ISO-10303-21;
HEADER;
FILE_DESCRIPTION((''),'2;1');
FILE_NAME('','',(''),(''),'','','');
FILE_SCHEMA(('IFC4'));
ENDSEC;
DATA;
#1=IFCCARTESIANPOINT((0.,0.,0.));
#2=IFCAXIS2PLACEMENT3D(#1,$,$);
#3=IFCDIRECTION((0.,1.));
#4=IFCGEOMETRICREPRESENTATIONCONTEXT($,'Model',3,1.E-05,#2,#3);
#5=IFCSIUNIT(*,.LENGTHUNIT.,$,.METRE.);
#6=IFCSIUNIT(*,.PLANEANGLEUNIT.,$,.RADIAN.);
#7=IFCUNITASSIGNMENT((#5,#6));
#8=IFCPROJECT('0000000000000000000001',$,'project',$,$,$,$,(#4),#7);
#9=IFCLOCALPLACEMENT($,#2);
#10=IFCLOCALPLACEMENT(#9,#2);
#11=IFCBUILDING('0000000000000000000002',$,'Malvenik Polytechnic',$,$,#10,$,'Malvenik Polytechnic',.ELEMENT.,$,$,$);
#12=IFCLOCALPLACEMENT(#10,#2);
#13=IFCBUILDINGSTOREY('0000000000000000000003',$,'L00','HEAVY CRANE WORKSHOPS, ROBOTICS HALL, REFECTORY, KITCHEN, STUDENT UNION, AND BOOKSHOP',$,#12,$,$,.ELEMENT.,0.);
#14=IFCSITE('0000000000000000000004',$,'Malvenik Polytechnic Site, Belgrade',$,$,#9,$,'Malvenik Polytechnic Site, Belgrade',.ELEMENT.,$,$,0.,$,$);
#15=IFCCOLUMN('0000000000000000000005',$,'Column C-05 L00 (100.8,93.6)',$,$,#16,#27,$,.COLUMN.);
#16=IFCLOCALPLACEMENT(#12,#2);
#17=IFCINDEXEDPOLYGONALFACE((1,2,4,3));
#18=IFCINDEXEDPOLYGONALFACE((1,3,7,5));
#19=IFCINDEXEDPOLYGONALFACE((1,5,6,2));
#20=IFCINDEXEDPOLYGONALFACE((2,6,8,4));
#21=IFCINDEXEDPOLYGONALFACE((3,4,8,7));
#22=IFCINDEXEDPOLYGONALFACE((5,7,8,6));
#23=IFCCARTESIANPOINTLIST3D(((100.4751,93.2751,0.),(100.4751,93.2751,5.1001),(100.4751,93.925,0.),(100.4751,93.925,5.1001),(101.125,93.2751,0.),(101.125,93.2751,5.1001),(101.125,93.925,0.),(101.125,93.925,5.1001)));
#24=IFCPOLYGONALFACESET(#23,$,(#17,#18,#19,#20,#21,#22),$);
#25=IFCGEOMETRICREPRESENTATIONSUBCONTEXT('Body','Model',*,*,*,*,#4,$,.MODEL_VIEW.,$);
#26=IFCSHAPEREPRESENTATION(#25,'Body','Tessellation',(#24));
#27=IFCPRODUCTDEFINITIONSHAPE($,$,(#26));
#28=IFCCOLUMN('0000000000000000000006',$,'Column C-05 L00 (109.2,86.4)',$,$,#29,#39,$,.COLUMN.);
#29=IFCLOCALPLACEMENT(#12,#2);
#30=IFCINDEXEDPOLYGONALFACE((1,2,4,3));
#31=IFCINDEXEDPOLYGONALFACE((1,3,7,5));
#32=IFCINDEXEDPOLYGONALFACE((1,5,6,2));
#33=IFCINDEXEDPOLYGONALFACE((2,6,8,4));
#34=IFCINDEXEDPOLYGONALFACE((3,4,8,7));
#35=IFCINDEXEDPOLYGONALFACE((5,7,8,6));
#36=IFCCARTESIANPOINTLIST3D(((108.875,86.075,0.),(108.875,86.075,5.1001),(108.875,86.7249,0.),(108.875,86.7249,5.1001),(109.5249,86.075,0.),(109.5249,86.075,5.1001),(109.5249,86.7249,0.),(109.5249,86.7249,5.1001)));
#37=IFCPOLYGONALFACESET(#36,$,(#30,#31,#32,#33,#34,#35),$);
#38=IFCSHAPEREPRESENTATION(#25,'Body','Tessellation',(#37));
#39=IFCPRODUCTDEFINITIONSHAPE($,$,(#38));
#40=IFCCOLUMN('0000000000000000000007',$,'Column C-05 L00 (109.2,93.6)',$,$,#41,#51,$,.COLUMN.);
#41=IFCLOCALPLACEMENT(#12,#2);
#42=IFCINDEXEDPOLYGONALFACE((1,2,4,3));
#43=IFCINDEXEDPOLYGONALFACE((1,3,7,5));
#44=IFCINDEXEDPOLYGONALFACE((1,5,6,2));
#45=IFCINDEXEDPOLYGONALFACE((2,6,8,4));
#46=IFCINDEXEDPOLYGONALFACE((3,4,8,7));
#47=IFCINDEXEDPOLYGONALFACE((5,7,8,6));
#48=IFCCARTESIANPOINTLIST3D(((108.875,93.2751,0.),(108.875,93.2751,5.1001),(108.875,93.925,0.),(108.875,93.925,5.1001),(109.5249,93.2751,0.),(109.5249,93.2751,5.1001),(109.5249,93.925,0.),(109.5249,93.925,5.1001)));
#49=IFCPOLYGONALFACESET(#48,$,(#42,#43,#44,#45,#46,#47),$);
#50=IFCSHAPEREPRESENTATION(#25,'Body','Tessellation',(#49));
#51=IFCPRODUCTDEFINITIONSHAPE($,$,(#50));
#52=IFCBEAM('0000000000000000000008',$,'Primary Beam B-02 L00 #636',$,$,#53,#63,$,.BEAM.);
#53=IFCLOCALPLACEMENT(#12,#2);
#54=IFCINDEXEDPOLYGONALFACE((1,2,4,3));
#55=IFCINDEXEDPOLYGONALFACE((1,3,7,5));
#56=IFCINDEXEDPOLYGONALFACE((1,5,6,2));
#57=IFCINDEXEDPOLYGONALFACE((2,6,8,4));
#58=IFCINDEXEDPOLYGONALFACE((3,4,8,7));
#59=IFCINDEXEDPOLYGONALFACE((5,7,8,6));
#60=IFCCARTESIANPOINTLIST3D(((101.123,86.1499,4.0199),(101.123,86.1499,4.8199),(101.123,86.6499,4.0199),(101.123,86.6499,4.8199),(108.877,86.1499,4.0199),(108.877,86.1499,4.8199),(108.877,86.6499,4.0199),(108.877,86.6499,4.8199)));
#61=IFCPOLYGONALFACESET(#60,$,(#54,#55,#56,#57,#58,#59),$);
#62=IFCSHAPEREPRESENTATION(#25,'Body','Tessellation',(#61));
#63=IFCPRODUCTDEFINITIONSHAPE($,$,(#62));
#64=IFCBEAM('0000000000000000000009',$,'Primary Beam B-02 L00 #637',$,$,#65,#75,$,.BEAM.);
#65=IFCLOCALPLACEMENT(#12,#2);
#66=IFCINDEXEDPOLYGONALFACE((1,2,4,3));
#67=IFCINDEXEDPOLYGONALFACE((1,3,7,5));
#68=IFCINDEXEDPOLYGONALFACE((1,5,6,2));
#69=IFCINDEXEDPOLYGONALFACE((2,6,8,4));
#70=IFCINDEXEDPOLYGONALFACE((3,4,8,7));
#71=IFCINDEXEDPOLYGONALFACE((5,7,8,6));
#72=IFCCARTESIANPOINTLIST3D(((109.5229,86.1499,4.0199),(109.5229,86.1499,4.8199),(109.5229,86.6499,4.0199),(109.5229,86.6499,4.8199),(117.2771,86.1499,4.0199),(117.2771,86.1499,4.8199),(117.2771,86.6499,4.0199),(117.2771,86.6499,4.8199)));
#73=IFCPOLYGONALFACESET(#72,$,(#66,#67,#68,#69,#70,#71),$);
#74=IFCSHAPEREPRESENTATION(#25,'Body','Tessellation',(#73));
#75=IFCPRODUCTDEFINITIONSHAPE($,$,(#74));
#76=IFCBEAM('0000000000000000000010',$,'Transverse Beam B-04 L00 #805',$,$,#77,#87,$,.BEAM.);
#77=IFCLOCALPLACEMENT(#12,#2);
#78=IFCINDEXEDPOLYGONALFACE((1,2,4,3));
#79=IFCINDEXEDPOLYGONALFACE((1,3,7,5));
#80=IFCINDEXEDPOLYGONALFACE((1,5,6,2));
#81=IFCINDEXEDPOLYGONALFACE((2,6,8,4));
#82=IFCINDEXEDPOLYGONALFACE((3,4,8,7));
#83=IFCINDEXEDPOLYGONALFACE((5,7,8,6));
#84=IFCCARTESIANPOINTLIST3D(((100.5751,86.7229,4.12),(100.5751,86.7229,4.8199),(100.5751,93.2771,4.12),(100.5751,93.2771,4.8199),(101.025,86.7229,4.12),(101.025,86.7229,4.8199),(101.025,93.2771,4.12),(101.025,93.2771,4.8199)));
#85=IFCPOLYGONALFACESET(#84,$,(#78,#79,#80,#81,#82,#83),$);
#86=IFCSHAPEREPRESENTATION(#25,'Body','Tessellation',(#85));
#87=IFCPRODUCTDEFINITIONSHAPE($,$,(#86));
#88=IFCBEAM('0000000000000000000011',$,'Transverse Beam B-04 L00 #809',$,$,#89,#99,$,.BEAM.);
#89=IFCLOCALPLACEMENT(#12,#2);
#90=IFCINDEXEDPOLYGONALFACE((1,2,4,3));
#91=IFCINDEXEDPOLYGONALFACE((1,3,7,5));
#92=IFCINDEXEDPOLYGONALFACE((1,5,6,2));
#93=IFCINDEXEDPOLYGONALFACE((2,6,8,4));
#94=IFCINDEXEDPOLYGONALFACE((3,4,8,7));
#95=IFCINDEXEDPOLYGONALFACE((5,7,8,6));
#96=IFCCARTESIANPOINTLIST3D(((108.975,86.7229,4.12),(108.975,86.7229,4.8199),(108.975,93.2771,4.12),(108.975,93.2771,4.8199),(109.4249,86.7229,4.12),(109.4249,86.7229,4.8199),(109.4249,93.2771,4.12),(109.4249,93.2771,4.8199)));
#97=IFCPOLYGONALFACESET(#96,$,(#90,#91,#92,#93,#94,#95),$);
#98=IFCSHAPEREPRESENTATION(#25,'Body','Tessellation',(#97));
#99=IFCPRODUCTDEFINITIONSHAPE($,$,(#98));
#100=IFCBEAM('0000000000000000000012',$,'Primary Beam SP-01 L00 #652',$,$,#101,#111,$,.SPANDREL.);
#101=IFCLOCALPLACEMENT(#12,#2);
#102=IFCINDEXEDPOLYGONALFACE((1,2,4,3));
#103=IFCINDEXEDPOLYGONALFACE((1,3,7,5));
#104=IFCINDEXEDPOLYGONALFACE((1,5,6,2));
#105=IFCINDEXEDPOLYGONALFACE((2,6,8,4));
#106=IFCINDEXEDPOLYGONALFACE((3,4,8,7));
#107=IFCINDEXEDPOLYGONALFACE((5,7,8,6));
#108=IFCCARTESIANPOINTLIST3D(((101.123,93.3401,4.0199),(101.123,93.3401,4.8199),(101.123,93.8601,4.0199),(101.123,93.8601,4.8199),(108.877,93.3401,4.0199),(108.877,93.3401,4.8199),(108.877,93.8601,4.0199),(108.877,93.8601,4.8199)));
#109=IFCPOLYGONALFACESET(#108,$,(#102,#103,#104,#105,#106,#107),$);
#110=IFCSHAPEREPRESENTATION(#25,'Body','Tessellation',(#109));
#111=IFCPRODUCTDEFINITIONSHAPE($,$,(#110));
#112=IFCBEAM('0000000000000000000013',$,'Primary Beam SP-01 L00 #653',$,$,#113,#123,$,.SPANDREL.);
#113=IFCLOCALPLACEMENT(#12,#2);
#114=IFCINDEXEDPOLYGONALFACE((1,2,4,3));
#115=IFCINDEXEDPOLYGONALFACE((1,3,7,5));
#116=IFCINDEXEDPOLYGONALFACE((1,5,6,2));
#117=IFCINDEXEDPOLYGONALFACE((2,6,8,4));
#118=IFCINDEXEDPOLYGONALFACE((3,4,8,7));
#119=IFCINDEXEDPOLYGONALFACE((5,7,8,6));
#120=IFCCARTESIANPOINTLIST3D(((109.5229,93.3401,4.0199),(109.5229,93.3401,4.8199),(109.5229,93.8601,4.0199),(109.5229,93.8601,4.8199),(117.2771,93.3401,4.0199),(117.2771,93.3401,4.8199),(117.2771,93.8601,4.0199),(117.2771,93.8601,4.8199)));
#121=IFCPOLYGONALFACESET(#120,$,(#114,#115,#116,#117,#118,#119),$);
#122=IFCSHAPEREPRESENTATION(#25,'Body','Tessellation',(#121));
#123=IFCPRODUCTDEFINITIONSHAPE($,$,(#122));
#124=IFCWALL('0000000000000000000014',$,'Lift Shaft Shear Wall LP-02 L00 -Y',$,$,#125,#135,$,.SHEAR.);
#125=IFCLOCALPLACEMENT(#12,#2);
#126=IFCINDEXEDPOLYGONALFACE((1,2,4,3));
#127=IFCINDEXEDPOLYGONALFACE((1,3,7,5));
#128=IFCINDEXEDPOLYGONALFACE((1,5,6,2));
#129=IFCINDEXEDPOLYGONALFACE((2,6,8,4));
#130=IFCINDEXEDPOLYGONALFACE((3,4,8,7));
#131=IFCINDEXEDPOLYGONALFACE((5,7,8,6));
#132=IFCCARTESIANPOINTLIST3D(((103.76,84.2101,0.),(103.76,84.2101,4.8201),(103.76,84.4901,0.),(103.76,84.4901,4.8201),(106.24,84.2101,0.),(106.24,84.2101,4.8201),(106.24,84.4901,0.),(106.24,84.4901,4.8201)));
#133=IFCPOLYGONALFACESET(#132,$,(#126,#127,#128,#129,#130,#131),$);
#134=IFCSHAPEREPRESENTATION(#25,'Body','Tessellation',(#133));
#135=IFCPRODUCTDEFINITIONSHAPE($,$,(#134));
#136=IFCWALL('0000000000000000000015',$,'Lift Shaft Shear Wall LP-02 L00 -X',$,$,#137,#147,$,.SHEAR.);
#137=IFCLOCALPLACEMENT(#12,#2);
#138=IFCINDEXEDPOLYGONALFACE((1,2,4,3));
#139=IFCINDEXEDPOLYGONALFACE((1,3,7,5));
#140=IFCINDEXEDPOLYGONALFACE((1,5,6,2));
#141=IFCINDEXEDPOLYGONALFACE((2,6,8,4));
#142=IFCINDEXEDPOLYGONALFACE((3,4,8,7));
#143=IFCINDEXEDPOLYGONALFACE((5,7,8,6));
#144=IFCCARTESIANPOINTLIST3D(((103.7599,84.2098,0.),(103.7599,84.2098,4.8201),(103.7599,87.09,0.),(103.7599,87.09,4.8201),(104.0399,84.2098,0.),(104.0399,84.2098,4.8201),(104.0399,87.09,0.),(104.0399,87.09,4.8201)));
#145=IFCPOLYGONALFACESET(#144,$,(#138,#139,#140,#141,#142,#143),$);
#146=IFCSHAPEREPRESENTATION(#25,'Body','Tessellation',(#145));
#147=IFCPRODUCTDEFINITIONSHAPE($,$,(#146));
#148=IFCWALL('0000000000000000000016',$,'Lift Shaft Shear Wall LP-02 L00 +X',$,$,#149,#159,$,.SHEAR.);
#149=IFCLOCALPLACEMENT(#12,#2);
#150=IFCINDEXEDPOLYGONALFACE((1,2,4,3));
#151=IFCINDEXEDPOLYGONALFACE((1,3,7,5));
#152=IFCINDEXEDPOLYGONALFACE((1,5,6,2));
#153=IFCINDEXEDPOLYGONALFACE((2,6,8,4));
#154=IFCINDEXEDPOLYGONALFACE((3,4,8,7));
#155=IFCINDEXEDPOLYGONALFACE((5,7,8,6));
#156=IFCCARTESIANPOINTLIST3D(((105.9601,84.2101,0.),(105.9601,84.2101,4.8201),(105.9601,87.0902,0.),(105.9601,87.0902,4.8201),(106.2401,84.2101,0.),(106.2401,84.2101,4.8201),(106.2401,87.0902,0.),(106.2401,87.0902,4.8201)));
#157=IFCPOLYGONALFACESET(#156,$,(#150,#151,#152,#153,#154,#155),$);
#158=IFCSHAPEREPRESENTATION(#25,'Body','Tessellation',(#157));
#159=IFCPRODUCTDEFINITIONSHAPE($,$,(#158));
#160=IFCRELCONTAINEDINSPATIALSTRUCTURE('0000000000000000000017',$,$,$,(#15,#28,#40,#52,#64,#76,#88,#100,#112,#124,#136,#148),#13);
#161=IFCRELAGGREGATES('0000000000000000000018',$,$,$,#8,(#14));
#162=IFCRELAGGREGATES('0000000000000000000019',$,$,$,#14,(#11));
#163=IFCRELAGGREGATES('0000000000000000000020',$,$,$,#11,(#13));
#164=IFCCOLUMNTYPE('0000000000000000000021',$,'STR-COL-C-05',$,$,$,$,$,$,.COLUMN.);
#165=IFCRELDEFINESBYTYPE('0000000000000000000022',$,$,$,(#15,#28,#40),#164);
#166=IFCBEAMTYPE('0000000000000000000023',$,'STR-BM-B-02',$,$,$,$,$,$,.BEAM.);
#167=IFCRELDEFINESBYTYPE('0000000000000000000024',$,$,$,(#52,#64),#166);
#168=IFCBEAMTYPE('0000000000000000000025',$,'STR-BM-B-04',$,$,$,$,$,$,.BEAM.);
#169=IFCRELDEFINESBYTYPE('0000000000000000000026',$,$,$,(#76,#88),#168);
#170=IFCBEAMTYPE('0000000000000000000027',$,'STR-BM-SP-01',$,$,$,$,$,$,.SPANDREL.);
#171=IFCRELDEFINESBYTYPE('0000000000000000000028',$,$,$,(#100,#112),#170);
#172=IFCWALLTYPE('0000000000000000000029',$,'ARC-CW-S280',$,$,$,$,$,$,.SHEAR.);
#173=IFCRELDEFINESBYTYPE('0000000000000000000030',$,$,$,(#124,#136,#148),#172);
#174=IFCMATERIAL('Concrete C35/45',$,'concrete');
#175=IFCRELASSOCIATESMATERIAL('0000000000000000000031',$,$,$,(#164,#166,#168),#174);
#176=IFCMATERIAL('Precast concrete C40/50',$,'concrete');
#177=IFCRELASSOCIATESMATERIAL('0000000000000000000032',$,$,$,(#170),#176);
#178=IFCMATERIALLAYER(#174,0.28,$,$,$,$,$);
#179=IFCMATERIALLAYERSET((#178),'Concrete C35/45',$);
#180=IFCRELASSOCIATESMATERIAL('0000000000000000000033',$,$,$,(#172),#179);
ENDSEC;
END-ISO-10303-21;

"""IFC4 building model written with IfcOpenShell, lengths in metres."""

from ifc_helpers import new_model, si_unit, direction, frame, frame_2d, origin, origin_2d, place, context, subcontext, project, spatial, rectangle, extrude, material, layer, layer_set, material_profile, profile_set, type_object, element, save


model = new_model("IFC4")

# Units and contexts
model_context = context("Model", 3, precision=1e-05, world=origin(), true_north=direction((0.0, 1.0)))
body_context = subcontext(model_context, "Body", "Model", "MODEL_VIEW")
ifc_project = project(units=[si_unit("LENGTHUNIT", "METRE"), si_unit("PLANEANGLEUNIT", "RADIAN")], contexts=[model_context])

# Site, building, storey
site_placement = place(None, origin())
site = spatial("IfcSite", under=ifc_project, at=site_placement, Name="Malvenik Polytechnic Site, Belgrade", LongName="Malvenik Polytechnic Site, Belgrade", CompositionType="ELEMENT", RefElevation=0.0)
building_placement = place(site_placement, origin())
building = spatial("IfcBuilding", under=site, at=building_placement, Name="Malvenik Polytechnic", LongName="Malvenik Polytechnic", CompositionType="ELEMENT")
storey_placement = place(building_placement, origin())
storey = spatial("IfcBuildingStorey", under=building, at=storey_placement, Name="L00", Description="HEAVY CRANE WORKSHOPS, ROBOTICS HALL, REFECTORY, KITCHEN, STUDENT UNION, AND BOOKSHOP", CompositionType="ELEMENT", Elevation=0.0)

# Columns
ifc_material_1 = material(Name="Concrete C35/45", Category="concrete")
ifc_material_profile_1 = material_profile(ifc_material_1, rectangle(XDim=0.6499, YDim=0.6499, at=origin_2d()), Name="RC COL 650x650")
ifc_profile_set_1 = profile_set([ifc_material_profile_1], Name="Concrete C35/45")
column_type = type_object("IfcColumnType", Name="STR-COL-C-05", PredefinedType="COLUMN", material=ifc_profile_set_1)
for number, where, z_axis, x_axis, name in (
    (1, (100.8, 93.6001, 0.0), (0.0, 0.0, 1.0), (1.0, 0.0, 0.0), "Column C-05 L00 (100.8,93.6)"),
    (2, (109.2, 86.3999, 0.0), (0.0, 0.0, 1.0), (1.0, 0.0, 0.0), "Column C-05 L00 (109.2,86.4)"),
    (3, (109.2, 93.6001, 0.0), (0.0, 0.0, 1.0), (1.0, 0.0, 0.0), "Column C-05 L00 (109.2,93.6)"),
):
    element("IfcColumn", number, at=place(storey_placement, frame(where, z_axis=z_axis, x_axis=x_axis)), inside=storey, type_object=column_type, Name=name, PredefinedType="COLUMN", context=body_context, shape_type="SweptSolid", body=[
        extrude(rectangle(XDim=0.6499, YDim=0.6499, at=origin_2d()), origin(), (0.0, 0.0, 1.0), 5.1001),
    ])

# Beams
ifc_material_profile_2 = material_profile(ifc_material_1, rectangle(XDim=0.5, YDim=0.8, at=origin_2d()), Name="RC BM 500x800")
ifc_profile_set_2 = profile_set([ifc_material_profile_2], Name="Concrete C35/45")
beam_type_1 = type_object("IfcBeamType", Name="STR-BM-B-02", PredefinedType="BEAM", material=ifc_profile_set_2)
beam_1_placement = place(storey_placement, frame((101.123, 86.3999, 4.4199), z_axis=(1.0, 0.0, 0.0), x_axis=(0.0, 1.0, 0.0)))
element("IfcBeam", 4, at=beam_1_placement, inside=storey, type_object=beam_type_1, Name="Primary Beam B-02 L00 #636", PredefinedType="BEAM", context=body_context, shape_type="SweptSolid", body=[
    extrude(rectangle(XDim=0.5, YDim=0.8, at=origin_2d()), origin(), (0.0, 0.0, 1.0), 7.7539),
])
beam_2_placement = place(storey_placement, frame((109.5229, 86.3999, 4.4199), z_axis=(1.0, 0.0, 0.0), x_axis=(0.0, 1.0, 0.0)))
element("IfcBeam", 5, at=beam_2_placement, inside=storey, type_object=beam_type_1, Name="Primary Beam B-02 L00 #637", PredefinedType="BEAM", context=body_context, shape_type="SweptSolid", body=[
    extrude(rectangle(XDim=0.5, YDim=0.8, at=origin_2d()), origin(), (0.0, 0.0, 1.0), 7.7542),
])
ifc_material_profile_3 = material_profile(ifc_material_1, rectangle(XDim=0.45, YDim=0.7, at=origin_2d()), Name="RC BM 450x700")
ifc_profile_set_3 = profile_set([ifc_material_profile_3], Name="Concrete C35/45")
beam_type_2 = type_object("IfcBeamType", Name="STR-BM-B-04", PredefinedType="BEAM", material=ifc_profile_set_3)
for number, where, z_axis, x_axis, name in (
    (6, (100.8, 86.7229, 4.47), (0.0, 1.0, 0.0), (-1.0, 0.0, 0.0), "Transverse Beam B-04 L00 #805"),
    (7, (109.2, 86.7229, 4.47), (0.0, 1.0, 0.0), (-1.0, 0.0, 0.0), "Transverse Beam B-04 L00 #809"),
):
    element("IfcBeam", number, at=place(storey_placement, frame(where, z_axis=z_axis, x_axis=x_axis)), inside=storey, type_object=beam_type_2, Name=name, PredefinedType="BEAM", context=body_context, shape_type="SweptSolid", body=[
        extrude(rectangle(XDim=0.45, YDim=0.7, at=origin_2d()), origin(), (0.0, 0.0, 1.0), 6.5542),
    ])
ifc_material_2 = material(Name="Precast concrete C40/50", Category="concrete")
ifc_material_profile_4 = material_profile(ifc_material_2, rectangle(XDim=0.52, YDim=0.8, at=origin_2d()), Name="PC SPN 520x800")
ifc_profile_set_4 = profile_set([ifc_material_profile_4], Name="Precast concrete C40/50")
beam_type_3 = type_object("IfcBeamType", Name="STR-BM-SP-01", PredefinedType="SPANDREL", material=ifc_profile_set_4)
beam_3_placement = place(storey_placement, frame((101.123, 93.6001, 4.4199), z_axis=(1.0, 0.0, 0.0), x_axis=(0.0, 1.0, 0.0)))
element("IfcBeam", 8, at=beam_3_placement, inside=storey, type_object=beam_type_3, Name="Primary Beam SP-01 L00 #652", PredefinedType="SPANDREL", context=body_context, shape_type="SweptSolid", body=[
    extrude(rectangle(XDim=0.52, YDim=0.8, at=origin_2d()), origin(), (0.0, 0.0, 1.0), 7.7539),
])
beam_4_placement = place(storey_placement, frame((109.5229, 93.6001, 4.4199), z_axis=(1.0, 0.0, 0.0), x_axis=(0.0, 1.0, 0.0)))
element("IfcBeam", 9, at=beam_4_placement, inside=storey, type_object=beam_type_3, Name="Primary Beam SP-01 L00 #653", PredefinedType="SPANDREL", context=body_context, shape_type="SweptSolid", body=[
    extrude(rectangle(XDim=0.52, YDim=0.8, at=origin_2d()), origin(), (0.0, 0.0, 1.0), 7.7542),
])

# Wall
ifc_layer_1 = layer(ifc_material_1, 0.28)
ifc_layer_set_1 = layer_set([ifc_layer_1], Name="Concrete C35/45")
wall_type_1 = type_object("IfcWallType", Name="ARC-CW-S280", PredefinedType="SHEAR", material=ifc_layer_set_1)
wall_1_placement = place(storey_placement, frame((106.24, 84.3501, 0.0), z_axis=(0.0, 0.0, 1.0), x_axis=(-1.0, 0.0, 0.0)))
element("IfcWall", 10, at=wall_1_placement, inside=storey, type_object=wall_type_1, Name="Lift Shaft Shear Wall LP-02 L00 -Y", PredefinedType="SHEAR", context=body_context, shape_type="SweptSolid", body=[
    extrude(rectangle(XDim=2.48, YDim=0.28, at=frame_2d((1.24, 0.0))), origin(), (0.0, 0.0, 1.0), 4.8201),
])

# Walls
for number, where, z_axis, x_axis, name in (
    (11, (103.8999, 84.21, 0.0), (0.0, 0.0, 1.0), (0.0, 1.0, 0.0), "Lift Shaft Shear Wall LP-02 L00 -X"),
    (12, (106.1001, 87.0901, 0.0), (0.0, 0.0, 1.0), (0.0, -1.0, 0.0), "Lift Shaft Shear Wall LP-02 L00 +X"),
):
    element("IfcWall", number, at=place(storey_placement, frame(where, z_axis=z_axis, x_axis=x_axis)), inside=storey, type_object=wall_type_1, Name=name, PredefinedType="SHEAR", context=body_context, shape_type="SweptSolid", body=[
        extrude(rectangle(XDim=2.8801, YDim=0.28, at=frame_2d((1.4399, 0.0))), origin(), (0.0, 0.0, 1.0), 4.8201),
    ])

save(model, "model.ifc")
